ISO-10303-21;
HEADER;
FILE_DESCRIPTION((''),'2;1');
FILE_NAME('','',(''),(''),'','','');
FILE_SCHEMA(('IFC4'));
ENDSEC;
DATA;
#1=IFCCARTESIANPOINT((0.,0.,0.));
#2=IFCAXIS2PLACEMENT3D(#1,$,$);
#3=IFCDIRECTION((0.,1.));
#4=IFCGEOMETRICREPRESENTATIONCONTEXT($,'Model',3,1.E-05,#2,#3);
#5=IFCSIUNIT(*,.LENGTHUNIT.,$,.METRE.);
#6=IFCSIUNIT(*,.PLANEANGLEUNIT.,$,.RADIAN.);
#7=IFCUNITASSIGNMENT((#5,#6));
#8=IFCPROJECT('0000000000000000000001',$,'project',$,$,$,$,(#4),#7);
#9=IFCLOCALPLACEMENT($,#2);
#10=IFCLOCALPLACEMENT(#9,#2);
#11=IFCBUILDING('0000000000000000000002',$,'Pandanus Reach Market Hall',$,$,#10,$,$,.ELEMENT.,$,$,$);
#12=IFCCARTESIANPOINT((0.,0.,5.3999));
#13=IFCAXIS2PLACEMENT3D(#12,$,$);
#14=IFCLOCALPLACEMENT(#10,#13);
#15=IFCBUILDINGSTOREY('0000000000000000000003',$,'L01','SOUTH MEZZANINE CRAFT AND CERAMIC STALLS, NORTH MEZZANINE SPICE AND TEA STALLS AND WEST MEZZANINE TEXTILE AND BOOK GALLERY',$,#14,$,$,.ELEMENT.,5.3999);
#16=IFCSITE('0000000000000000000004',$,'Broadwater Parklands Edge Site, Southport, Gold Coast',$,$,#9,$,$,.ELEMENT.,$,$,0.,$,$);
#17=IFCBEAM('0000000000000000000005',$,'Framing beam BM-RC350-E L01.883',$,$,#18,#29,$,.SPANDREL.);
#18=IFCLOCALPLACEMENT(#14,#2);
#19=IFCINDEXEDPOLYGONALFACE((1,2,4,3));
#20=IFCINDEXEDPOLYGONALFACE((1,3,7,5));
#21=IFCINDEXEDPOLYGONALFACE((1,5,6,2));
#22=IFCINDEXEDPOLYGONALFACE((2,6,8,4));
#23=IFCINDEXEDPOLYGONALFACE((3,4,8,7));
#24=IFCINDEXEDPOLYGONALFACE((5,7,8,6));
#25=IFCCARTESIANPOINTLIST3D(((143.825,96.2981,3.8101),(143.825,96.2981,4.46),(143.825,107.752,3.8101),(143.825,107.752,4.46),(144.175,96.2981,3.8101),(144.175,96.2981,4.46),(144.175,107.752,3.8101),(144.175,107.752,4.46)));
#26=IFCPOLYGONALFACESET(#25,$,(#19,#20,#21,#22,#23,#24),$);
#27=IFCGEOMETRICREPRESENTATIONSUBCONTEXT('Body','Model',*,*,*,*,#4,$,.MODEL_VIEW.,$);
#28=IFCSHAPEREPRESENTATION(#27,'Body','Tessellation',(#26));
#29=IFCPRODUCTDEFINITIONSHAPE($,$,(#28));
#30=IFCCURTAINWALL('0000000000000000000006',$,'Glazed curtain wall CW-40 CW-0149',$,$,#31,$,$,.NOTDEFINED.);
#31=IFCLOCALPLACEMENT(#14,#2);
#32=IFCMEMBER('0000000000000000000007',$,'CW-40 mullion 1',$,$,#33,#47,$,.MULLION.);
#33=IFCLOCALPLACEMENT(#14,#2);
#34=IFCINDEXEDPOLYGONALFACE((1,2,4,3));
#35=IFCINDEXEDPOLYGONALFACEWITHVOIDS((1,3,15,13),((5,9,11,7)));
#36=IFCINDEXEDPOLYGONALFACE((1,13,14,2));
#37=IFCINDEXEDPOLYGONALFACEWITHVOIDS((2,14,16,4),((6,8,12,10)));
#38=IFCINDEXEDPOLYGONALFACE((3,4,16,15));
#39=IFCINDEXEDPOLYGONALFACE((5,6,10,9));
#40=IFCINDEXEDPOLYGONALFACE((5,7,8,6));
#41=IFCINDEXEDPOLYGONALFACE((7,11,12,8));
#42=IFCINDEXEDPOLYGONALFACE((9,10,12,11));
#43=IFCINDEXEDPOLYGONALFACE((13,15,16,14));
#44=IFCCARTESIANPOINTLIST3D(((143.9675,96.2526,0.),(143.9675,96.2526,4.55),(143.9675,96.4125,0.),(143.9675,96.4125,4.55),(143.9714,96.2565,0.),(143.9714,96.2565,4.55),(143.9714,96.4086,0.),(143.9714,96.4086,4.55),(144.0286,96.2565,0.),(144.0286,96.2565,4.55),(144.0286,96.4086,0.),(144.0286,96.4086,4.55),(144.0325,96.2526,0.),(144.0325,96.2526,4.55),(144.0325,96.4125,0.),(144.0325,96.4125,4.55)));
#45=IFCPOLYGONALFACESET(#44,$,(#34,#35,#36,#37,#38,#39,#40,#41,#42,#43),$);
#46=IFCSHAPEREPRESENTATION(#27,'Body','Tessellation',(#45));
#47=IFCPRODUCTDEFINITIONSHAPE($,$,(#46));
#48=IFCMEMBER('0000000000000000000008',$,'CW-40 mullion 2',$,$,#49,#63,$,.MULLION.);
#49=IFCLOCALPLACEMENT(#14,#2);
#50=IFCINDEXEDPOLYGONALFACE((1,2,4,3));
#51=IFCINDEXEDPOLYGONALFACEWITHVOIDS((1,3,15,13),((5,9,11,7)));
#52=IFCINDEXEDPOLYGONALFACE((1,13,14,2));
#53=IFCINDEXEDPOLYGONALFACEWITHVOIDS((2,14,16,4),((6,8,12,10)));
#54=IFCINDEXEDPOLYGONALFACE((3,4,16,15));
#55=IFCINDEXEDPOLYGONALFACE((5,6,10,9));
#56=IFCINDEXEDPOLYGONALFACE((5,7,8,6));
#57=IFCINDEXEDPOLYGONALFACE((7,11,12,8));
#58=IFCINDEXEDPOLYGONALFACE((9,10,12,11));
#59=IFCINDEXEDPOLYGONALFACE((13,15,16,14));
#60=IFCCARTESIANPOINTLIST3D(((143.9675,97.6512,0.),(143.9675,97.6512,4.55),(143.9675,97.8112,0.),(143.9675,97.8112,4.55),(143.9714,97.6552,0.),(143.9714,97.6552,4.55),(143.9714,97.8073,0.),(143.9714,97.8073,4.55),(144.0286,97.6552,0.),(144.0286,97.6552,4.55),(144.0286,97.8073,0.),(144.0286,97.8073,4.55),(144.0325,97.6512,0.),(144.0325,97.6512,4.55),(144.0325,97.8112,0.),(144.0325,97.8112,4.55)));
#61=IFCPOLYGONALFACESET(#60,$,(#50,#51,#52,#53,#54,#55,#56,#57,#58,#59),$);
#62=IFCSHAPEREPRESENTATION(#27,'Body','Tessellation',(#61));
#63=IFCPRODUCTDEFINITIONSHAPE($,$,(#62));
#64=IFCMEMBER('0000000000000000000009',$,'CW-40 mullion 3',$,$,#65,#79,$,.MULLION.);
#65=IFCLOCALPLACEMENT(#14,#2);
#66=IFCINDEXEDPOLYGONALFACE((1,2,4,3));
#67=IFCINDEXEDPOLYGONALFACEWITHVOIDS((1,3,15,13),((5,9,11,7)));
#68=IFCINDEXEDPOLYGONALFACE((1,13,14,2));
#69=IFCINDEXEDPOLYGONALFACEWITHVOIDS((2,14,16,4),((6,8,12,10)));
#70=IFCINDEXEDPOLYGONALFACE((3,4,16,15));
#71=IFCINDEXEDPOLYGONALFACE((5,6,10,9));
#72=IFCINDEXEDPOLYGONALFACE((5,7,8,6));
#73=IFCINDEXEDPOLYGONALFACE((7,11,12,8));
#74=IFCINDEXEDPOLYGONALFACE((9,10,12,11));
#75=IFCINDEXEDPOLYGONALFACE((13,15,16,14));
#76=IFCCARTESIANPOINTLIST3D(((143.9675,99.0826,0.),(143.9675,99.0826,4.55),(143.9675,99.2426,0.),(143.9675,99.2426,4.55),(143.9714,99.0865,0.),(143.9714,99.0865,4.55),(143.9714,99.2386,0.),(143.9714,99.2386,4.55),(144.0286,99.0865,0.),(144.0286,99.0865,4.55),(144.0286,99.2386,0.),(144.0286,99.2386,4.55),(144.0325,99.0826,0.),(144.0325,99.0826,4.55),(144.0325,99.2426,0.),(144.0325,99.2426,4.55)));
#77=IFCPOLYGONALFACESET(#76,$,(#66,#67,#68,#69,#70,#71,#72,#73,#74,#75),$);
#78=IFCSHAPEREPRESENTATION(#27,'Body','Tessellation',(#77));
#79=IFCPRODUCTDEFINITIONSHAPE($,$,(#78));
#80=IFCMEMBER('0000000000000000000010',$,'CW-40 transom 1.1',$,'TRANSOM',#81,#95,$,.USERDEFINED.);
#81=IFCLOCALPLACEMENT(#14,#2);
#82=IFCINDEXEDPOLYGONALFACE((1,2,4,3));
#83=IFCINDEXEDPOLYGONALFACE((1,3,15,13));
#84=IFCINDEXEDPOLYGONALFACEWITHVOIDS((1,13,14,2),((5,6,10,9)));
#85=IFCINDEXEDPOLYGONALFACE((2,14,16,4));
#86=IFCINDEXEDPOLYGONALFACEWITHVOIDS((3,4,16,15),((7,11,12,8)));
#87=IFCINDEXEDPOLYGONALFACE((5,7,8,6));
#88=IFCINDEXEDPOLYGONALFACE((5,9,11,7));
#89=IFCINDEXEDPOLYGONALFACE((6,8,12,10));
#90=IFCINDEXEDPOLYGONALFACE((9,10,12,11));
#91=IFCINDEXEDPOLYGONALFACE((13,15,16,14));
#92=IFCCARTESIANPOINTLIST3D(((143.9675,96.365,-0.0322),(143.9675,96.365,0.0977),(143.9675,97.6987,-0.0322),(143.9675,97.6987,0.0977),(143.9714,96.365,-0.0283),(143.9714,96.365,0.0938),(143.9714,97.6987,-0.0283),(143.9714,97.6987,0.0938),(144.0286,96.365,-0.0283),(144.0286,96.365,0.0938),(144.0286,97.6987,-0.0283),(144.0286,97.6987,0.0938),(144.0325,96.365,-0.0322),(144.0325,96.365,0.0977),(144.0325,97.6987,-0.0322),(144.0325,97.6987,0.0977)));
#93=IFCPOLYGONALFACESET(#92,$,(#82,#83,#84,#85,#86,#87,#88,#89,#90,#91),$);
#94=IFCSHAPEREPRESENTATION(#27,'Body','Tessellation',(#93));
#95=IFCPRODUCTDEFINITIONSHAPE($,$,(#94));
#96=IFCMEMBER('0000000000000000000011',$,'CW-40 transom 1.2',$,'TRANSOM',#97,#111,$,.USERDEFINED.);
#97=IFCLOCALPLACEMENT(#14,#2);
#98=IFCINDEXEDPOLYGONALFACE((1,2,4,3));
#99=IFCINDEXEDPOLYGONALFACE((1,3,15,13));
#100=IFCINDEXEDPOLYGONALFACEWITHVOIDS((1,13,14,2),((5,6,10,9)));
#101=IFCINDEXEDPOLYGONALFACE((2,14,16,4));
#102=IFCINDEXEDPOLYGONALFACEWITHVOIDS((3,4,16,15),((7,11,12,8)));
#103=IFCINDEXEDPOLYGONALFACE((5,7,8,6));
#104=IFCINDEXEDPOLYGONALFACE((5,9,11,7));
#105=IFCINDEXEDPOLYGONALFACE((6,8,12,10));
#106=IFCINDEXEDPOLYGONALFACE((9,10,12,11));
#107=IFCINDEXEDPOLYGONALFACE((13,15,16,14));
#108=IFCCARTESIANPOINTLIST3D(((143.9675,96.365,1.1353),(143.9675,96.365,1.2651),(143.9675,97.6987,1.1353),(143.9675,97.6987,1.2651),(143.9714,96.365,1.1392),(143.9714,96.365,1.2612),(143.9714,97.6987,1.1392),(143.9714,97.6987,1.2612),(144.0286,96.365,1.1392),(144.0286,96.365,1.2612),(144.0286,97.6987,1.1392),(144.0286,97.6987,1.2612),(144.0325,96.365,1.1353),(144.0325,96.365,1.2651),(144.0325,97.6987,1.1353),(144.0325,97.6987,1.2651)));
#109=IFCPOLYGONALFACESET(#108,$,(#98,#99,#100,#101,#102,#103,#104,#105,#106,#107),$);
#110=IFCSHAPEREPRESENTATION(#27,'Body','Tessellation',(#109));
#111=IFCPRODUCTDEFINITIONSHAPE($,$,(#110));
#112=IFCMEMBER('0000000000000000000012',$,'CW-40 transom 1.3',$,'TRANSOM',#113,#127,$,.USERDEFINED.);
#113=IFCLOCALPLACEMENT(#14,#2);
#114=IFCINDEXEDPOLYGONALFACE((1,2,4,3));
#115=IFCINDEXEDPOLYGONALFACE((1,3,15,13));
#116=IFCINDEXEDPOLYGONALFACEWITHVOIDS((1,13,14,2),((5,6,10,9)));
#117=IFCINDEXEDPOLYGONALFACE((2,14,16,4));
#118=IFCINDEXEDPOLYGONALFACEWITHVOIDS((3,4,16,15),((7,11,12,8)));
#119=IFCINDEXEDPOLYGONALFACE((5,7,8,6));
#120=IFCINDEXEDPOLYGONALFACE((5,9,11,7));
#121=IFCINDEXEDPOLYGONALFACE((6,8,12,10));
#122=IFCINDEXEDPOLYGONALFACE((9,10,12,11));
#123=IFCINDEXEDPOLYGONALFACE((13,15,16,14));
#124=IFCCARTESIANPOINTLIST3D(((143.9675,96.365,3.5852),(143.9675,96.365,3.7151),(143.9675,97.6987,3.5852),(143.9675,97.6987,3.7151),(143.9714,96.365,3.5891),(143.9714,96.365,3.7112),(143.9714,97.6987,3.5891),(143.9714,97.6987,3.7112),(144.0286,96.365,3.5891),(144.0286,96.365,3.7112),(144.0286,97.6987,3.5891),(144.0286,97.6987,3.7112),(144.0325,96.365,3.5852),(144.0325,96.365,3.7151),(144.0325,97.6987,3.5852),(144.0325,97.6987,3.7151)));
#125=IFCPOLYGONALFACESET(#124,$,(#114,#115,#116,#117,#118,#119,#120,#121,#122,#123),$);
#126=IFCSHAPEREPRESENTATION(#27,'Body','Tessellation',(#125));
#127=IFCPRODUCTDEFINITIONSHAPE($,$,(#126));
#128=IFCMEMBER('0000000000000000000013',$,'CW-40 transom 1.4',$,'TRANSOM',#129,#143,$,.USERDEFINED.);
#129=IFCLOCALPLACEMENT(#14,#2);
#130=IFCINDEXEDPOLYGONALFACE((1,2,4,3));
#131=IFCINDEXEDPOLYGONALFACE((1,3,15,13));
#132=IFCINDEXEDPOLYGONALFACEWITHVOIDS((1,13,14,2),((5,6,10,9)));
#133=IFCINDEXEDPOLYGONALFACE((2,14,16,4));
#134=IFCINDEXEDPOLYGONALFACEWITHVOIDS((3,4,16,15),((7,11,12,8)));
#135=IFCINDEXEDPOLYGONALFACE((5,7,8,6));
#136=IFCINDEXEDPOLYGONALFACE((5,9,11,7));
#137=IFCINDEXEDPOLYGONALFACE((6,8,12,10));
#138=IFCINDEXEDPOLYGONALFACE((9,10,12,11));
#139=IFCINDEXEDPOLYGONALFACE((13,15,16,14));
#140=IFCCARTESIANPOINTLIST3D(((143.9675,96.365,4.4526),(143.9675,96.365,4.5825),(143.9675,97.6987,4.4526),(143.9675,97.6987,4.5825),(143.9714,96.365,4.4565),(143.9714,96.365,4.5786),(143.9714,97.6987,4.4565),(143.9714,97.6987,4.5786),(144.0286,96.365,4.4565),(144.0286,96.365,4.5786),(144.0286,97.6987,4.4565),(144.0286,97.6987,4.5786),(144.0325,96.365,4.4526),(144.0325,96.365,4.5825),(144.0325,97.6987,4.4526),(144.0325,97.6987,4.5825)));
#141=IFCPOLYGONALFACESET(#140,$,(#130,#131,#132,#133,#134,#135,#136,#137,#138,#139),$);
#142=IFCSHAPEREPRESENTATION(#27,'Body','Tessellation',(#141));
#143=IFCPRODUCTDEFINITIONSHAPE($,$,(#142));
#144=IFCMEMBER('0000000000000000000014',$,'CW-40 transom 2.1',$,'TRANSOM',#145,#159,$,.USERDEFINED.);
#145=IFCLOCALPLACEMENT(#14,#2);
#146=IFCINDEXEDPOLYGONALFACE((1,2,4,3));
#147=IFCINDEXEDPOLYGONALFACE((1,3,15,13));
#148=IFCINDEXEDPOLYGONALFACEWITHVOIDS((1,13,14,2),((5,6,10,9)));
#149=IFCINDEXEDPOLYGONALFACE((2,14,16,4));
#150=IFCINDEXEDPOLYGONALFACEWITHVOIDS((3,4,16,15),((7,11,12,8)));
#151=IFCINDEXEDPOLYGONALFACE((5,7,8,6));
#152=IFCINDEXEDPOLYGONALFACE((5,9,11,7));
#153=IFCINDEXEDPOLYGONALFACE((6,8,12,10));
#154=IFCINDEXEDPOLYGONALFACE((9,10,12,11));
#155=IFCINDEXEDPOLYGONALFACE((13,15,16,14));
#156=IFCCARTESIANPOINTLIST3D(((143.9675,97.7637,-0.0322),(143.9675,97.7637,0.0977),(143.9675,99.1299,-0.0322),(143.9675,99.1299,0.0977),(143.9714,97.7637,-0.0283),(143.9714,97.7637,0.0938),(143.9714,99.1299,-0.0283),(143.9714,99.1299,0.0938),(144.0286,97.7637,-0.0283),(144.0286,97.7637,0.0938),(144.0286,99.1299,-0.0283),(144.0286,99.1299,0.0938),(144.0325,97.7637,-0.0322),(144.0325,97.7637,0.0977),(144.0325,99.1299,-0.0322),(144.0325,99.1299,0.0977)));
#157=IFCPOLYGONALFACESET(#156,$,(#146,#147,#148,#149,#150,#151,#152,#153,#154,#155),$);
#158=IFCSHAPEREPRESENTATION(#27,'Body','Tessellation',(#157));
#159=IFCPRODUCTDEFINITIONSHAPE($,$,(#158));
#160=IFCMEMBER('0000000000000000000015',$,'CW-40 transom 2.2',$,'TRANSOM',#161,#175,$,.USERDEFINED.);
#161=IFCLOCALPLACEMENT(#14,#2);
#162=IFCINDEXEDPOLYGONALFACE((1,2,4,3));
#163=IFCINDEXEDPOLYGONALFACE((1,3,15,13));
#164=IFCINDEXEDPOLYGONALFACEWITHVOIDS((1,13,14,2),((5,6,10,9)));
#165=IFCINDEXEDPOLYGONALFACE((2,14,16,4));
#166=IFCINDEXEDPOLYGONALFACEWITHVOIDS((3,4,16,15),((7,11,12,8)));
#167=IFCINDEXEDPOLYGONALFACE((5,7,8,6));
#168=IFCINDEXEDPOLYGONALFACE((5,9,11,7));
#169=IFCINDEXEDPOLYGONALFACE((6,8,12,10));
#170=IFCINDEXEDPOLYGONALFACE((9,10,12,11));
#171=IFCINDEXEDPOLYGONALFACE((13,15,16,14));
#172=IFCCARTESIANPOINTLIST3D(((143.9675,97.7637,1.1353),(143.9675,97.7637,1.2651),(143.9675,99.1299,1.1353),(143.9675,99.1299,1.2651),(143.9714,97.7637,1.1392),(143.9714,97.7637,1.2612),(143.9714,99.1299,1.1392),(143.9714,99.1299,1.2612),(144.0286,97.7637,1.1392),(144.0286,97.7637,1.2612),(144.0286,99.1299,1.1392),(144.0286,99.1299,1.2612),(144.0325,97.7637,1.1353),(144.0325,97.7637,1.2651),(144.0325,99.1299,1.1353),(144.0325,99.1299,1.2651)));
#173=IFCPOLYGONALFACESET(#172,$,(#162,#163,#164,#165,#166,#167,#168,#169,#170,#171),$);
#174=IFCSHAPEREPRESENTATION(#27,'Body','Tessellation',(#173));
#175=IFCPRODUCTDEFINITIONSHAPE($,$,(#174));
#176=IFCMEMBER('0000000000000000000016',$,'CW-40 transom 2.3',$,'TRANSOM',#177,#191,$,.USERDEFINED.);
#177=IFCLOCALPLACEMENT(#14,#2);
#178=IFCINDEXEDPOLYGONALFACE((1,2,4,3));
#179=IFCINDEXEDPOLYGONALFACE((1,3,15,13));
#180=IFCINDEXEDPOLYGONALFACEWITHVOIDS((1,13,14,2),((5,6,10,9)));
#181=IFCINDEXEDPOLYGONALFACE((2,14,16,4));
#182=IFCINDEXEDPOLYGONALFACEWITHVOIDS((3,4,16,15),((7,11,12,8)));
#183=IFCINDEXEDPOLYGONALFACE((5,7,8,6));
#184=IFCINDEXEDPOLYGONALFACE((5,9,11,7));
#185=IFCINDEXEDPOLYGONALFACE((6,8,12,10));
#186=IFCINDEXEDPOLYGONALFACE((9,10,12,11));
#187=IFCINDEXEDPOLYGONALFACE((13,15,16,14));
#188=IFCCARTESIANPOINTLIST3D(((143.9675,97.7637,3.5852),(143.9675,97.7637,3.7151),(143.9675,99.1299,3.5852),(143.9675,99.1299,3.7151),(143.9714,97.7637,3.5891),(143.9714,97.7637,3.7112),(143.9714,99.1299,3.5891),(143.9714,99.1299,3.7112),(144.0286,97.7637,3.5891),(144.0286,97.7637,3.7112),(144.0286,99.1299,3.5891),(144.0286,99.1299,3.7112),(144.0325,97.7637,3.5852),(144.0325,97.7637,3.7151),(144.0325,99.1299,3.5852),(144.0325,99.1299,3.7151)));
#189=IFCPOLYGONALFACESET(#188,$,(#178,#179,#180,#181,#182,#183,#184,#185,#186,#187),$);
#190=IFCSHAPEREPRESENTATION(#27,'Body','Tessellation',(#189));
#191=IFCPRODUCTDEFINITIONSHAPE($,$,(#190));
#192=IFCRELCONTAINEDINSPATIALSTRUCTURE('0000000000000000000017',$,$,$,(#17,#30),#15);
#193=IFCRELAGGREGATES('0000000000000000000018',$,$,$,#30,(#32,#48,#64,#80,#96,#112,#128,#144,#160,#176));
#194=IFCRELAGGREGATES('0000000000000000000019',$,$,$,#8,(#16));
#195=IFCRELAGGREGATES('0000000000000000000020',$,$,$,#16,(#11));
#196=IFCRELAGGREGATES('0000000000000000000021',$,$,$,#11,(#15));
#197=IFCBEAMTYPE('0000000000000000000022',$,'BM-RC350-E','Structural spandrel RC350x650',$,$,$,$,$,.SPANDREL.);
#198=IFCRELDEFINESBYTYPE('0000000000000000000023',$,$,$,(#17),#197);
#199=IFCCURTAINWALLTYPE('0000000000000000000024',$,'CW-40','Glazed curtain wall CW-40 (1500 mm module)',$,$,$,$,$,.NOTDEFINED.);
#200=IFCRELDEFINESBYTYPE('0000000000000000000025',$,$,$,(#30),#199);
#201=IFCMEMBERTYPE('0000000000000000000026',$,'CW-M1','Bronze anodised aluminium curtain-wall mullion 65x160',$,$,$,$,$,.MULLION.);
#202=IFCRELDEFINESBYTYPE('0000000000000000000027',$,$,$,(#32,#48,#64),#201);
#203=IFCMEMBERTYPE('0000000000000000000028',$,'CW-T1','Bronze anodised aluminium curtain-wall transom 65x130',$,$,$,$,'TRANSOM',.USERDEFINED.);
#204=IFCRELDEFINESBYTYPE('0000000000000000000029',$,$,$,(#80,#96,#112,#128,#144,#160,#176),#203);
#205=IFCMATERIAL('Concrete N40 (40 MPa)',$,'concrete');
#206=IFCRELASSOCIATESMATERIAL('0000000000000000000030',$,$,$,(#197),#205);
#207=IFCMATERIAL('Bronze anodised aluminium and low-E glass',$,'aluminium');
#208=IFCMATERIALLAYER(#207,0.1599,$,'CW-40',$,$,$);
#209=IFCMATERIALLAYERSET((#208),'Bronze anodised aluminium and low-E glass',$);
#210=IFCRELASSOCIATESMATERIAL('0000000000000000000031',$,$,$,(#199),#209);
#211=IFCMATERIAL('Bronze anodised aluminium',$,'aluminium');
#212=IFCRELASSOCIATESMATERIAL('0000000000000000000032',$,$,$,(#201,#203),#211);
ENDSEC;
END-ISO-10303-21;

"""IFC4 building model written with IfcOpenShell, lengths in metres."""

from ifc_helpers import new_model, si_unit, direction, frame, origin, origin_2d, place, context, subcontext, project, spatial, rectangle, hollow_rectangle, extrude, material, layer, layer_set, material_profile, profile_set, type_object, element, aggregate, save


model = new_model("IFC4")

# Units and contexts
model_context = context("Model", 3, precision=1e-05, world=origin(), true_north=direction((0.0, 1.0)))
body_context = subcontext(model_context, "Body", "Model", "MODEL_VIEW")
ifc_project = project(units=[si_unit("LENGTHUNIT", "METRE"), si_unit("PLANEANGLEUNIT", "RADIAN")], contexts=[model_context])

# Site, building, storey
site_placement = place(None, origin())
site = spatial("IfcSite", under=ifc_project, at=site_placement, Name="Broadwater Parklands Edge Site, Southport, Gold Coast", CompositionType="ELEMENT", RefElevation=0.0)
building_placement = place(site_placement, origin())
building = spatial("IfcBuilding", under=site, at=building_placement, Name="Pandanus Reach Market Hall", CompositionType="ELEMENT")
storey_placement = place(building_placement, frame((0.0, 0.0, 5.3999)))
storey = spatial("IfcBuildingStorey", under=building, at=storey_placement, Name="L01", Description="SOUTH MEZZANINE CRAFT AND CERAMIC STALLS, NORTH MEZZANINE SPICE AND TEA STALLS AND WEST MEZZANINE TEXTILE AND BOOK GALLERY", CompositionType="ELEMENT", Elevation=5.3999)

# Beam
ifc_material_1 = material(Name="Concrete N40 (40 MPa)", Category="concrete")
ifc_material_profile_1 = material_profile(ifc_material_1, rectangle(XDim=0.3501, YDim=0.6499, at=origin_2d()), Name="RC350x650", Category="LoadBearing")
ifc_profile_set_1 = profile_set([ifc_material_profile_1], Name="Concrete N40 (40 MPa)")
beam_type_1 = type_object("IfcBeamType", Name="BM-RC350-E", Description="Structural spandrel RC350x650", PredefinedType="SPANDREL", material=ifc_profile_set_1)
beam_1_placement = place(storey_placement, frame((144.0, 96.2981, 4.135), z_axis=(0.0, 1.0, 0.0), x_axis=(-1.0, 0.0, 0.0)))
element("IfcBeam", 1, at=beam_1_placement, inside=storey, type_object=beam_type_1, Name="Framing beam BM-RC350-E L01.883", PredefinedType="SPANDREL", context=body_context, shape_type="SweptSolid", body=[
    extrude(rectangle(XDim=0.3501, YDim=0.6499, at=origin_2d()), origin(), (0.0, 0.0, 1.0), 11.4539),
])

# Curtain wall, members
ifc_material_2 = material(Name="Bronze anodised aluminium and low-E glass", Category="aluminium")
ifc_layer_1 = layer(ifc_material_2, 0.1599, Name="CW-40")
ifc_layer_set_1 = layer_set([ifc_layer_1], Name="Bronze anodised aluminium and low-E glass")
curtain_wall_type = type_object("IfcCurtainWallType", Name="CW-40", Description="Glazed curtain wall CW-40 (1500 mm module)", PredefinedType="NOTDEFINED", material=ifc_layer_set_1)
curtain_wall_placement = place(storey_placement, origin())
curtain_wall = element("IfcCurtainWall", 2, at=curtain_wall_placement, inside=storey, type_object=curtain_wall_type, Name="Glazed curtain wall CW-40 CW-0149", PredefinedType="NOTDEFINED")
ifc_material_3 = material(Name="Bronze anodised aluminium", Category="aluminium")
ifc_material_profile_2 = material_profile(ifc_material_3, hollow_rectangle(XDim=0.0649, YDim=0.1599, WallThickness=0.0039, at=origin_2d()), Name="ALU65x160", Category="LoadBearing")
ifc_profile_set_2 = profile_set([ifc_material_profile_2], Name="Bronze anodised aluminium")
member_type_1 = type_object("IfcMemberType", Name="CW-M1", Description="Bronze anodised aluminium curtain-wall mullion 65x160", PredefinedType="MULLION", material=ifc_profile_set_2)
member_1_placement = place(storey_placement, frame((144.0, 96.3325, 0.0), z_axis=(0.0, 0.0, 1.0), x_axis=(-1.0, 0.0, 0.0)))
member_1 = element("IfcMember", 3, at=member_1_placement, type_object=member_type_1, Name="CW-40 mullion 1", PredefinedType="MULLION", context=body_context, shape_type="SweptSolid", body=[
    extrude(hollow_rectangle(XDim=0.0649, YDim=0.1599, WallThickness=0.0039, at=origin_2d()), origin(), (0.0, 0.0, 1.0), 4.55),
])
member_2_placement = place(storey_placement, frame((144.0, 97.7312, 0.0), z_axis=(0.0, 0.0, 1.0), x_axis=(-1.0, 0.0, 0.0)))
member_2 = element("IfcMember", 4, at=member_2_placement, type_object=member_type_1, Name="CW-40 mullion 2", PredefinedType="MULLION", context=body_context, shape_type="SweptSolid", body=[
    extrude(hollow_rectangle(XDim=0.0649, YDim=0.1599, WallThickness=0.0039, at=origin_2d()), origin(), (0.0, 0.0, 1.0), 4.55),
])
member_3_placement = place(storey_placement, frame((144.0, 99.1626, 0.0), z_axis=(0.0, 0.0, 1.0), x_axis=(-1.0, 0.0, 0.0)))
member_3 = element("IfcMember", 5, at=member_3_placement, type_object=member_type_1, Name="CW-40 mullion 3", PredefinedType="MULLION", context=body_context, shape_type="SweptSolid", body=[
    extrude(hollow_rectangle(XDim=0.0649, YDim=0.1599, WallThickness=0.0039, at=origin_2d()), origin(), (0.0, 0.0, 1.0), 4.55),
])
ifc_material_profile_3 = material_profile(ifc_material_3, hollow_rectangle(XDim=0.0649, YDim=0.1299, WallThickness=0.0039, at=origin_2d()), Name="ALU65x130", Category="LoadBearing")
ifc_profile_set_3 = profile_set([ifc_material_profile_3], Name="Bronze anodised aluminium")
member_type_2 = type_object("IfcMemberType", Name="CW-T1", Description="Bronze anodised aluminium curtain-wall transom 65x130", ElementType="TRANSOM", PredefinedType="USERDEFINED", material=ifc_profile_set_3)
member_4_placement = place(storey_placement, frame((144.0, 96.365, 0.0327), z_axis=(0.0, 1.0, 0.0), x_axis=(-1.0, 0.0, 0.0)))
member_4 = element("IfcMember", 6, at=member_4_placement, type_object=member_type_2, Name="CW-40 transom 1.1", ObjectType="TRANSOM", PredefinedType="USERDEFINED", context=body_context, shape_type="SweptSolid", body=[
    extrude(hollow_rectangle(XDim=0.0649, YDim=0.1299, WallThickness=0.0039, at=origin_2d()), origin(), (0.0, 0.0, 1.0), 1.3337),
])
member_5_placement = place(storey_placement, frame((144.0, 96.365, 1.2002), z_axis=(0.0, 1.0, 0.0), x_axis=(-1.0, 0.0, 0.0)))
member_5 = element("IfcMember", 7, at=member_5_placement, type_object=member_type_2, Name="CW-40 transom 1.2", ObjectType="TRANSOM", PredefinedType="USERDEFINED", context=body_context, shape_type="SweptSolid", body=[
    extrude(hollow_rectangle(XDim=0.0649, YDim=0.1299, WallThickness=0.0039, at=origin_2d()), origin(), (0.0, 0.0, 1.0), 1.3337),
])
member_6_placement = place(storey_placement, frame((144.0, 96.365, 3.6501), z_axis=(0.0, 1.0, 0.0), x_axis=(-1.0, 0.0, 0.0)))
member_6 = element("IfcMember", 8, at=member_6_placement, type_object=member_type_2, Name="CW-40 transom 1.3", ObjectType="TRANSOM", PredefinedType="USERDEFINED", context=body_context, shape_type="SweptSolid", body=[
    extrude(hollow_rectangle(XDim=0.0649, YDim=0.1299, WallThickness=0.0039, at=origin_2d()), origin(), (0.0, 0.0, 1.0), 1.3337),
])
member_7_placement = place(storey_placement, frame((144.0, 96.365, 4.5176), z_axis=(0.0, 1.0, 0.0), x_axis=(-1.0, 0.0, 0.0)))
member_7 = element("IfcMember", 9, at=member_7_placement, type_object=member_type_2, Name="CW-40 transom 1.4", ObjectType="TRANSOM", PredefinedType="USERDEFINED", context=body_context, shape_type="SweptSolid", body=[
    extrude(hollow_rectangle(XDim=0.0649, YDim=0.1299, WallThickness=0.0039, at=origin_2d()), origin(), (0.0, 0.0, 1.0), 1.3337),
])
member_8_placement = place(storey_placement, frame((144.0, 97.7637, 0.0327), z_axis=(0.0, 1.0, 0.0), x_axis=(-1.0, 0.0, 0.0)))
member_8 = element("IfcMember", 10, at=member_8_placement, type_object=member_type_2, Name="CW-40 transom 2.1", ObjectType="TRANSOM", PredefinedType="USERDEFINED", context=body_context, shape_type="SweptSolid", body=[
    extrude(hollow_rectangle(XDim=0.0649, YDim=0.1299, WallThickness=0.0039, at=origin_2d()), origin(), (0.0, 0.0, 1.0), 1.3662),
])
member_9_placement = place(storey_placement, frame((144.0, 97.7637, 1.2002), z_axis=(0.0, 1.0, 0.0), x_axis=(-1.0, 0.0, 0.0)))
member_9 = element("IfcMember", 11, at=member_9_placement, type_object=member_type_2, Name="CW-40 transom 2.2", ObjectType="TRANSOM", PredefinedType="USERDEFINED", context=body_context, shape_type="SweptSolid", body=[
    extrude(hollow_rectangle(XDim=0.0649, YDim=0.1299, WallThickness=0.0039, at=origin_2d()), origin(), (0.0, 0.0, 1.0), 1.3662),
])
member_10_placement = place(storey_placement, frame((144.0, 97.7637, 3.6501), z_axis=(0.0, 1.0, 0.0), x_axis=(-1.0, 0.0, 0.0)))
member_10 = element("IfcMember", 12, at=member_10_placement, type_object=member_type_2, Name="CW-40 transom 2.3", ObjectType="TRANSOM", PredefinedType="USERDEFINED", context=body_context, shape_type="SweptSolid", body=[
    extrude(hollow_rectangle(XDim=0.0649, YDim=0.1299, WallThickness=0.0039, at=origin_2d()), origin(), (0.0, 0.0, 1.0), 1.3662),
])

aggregate(curtain_wall, [member_1, member_2, member_3, member_4, member_5, member_6, member_7, member_8, member_9, member_10])

save(model, "model.ifc")
